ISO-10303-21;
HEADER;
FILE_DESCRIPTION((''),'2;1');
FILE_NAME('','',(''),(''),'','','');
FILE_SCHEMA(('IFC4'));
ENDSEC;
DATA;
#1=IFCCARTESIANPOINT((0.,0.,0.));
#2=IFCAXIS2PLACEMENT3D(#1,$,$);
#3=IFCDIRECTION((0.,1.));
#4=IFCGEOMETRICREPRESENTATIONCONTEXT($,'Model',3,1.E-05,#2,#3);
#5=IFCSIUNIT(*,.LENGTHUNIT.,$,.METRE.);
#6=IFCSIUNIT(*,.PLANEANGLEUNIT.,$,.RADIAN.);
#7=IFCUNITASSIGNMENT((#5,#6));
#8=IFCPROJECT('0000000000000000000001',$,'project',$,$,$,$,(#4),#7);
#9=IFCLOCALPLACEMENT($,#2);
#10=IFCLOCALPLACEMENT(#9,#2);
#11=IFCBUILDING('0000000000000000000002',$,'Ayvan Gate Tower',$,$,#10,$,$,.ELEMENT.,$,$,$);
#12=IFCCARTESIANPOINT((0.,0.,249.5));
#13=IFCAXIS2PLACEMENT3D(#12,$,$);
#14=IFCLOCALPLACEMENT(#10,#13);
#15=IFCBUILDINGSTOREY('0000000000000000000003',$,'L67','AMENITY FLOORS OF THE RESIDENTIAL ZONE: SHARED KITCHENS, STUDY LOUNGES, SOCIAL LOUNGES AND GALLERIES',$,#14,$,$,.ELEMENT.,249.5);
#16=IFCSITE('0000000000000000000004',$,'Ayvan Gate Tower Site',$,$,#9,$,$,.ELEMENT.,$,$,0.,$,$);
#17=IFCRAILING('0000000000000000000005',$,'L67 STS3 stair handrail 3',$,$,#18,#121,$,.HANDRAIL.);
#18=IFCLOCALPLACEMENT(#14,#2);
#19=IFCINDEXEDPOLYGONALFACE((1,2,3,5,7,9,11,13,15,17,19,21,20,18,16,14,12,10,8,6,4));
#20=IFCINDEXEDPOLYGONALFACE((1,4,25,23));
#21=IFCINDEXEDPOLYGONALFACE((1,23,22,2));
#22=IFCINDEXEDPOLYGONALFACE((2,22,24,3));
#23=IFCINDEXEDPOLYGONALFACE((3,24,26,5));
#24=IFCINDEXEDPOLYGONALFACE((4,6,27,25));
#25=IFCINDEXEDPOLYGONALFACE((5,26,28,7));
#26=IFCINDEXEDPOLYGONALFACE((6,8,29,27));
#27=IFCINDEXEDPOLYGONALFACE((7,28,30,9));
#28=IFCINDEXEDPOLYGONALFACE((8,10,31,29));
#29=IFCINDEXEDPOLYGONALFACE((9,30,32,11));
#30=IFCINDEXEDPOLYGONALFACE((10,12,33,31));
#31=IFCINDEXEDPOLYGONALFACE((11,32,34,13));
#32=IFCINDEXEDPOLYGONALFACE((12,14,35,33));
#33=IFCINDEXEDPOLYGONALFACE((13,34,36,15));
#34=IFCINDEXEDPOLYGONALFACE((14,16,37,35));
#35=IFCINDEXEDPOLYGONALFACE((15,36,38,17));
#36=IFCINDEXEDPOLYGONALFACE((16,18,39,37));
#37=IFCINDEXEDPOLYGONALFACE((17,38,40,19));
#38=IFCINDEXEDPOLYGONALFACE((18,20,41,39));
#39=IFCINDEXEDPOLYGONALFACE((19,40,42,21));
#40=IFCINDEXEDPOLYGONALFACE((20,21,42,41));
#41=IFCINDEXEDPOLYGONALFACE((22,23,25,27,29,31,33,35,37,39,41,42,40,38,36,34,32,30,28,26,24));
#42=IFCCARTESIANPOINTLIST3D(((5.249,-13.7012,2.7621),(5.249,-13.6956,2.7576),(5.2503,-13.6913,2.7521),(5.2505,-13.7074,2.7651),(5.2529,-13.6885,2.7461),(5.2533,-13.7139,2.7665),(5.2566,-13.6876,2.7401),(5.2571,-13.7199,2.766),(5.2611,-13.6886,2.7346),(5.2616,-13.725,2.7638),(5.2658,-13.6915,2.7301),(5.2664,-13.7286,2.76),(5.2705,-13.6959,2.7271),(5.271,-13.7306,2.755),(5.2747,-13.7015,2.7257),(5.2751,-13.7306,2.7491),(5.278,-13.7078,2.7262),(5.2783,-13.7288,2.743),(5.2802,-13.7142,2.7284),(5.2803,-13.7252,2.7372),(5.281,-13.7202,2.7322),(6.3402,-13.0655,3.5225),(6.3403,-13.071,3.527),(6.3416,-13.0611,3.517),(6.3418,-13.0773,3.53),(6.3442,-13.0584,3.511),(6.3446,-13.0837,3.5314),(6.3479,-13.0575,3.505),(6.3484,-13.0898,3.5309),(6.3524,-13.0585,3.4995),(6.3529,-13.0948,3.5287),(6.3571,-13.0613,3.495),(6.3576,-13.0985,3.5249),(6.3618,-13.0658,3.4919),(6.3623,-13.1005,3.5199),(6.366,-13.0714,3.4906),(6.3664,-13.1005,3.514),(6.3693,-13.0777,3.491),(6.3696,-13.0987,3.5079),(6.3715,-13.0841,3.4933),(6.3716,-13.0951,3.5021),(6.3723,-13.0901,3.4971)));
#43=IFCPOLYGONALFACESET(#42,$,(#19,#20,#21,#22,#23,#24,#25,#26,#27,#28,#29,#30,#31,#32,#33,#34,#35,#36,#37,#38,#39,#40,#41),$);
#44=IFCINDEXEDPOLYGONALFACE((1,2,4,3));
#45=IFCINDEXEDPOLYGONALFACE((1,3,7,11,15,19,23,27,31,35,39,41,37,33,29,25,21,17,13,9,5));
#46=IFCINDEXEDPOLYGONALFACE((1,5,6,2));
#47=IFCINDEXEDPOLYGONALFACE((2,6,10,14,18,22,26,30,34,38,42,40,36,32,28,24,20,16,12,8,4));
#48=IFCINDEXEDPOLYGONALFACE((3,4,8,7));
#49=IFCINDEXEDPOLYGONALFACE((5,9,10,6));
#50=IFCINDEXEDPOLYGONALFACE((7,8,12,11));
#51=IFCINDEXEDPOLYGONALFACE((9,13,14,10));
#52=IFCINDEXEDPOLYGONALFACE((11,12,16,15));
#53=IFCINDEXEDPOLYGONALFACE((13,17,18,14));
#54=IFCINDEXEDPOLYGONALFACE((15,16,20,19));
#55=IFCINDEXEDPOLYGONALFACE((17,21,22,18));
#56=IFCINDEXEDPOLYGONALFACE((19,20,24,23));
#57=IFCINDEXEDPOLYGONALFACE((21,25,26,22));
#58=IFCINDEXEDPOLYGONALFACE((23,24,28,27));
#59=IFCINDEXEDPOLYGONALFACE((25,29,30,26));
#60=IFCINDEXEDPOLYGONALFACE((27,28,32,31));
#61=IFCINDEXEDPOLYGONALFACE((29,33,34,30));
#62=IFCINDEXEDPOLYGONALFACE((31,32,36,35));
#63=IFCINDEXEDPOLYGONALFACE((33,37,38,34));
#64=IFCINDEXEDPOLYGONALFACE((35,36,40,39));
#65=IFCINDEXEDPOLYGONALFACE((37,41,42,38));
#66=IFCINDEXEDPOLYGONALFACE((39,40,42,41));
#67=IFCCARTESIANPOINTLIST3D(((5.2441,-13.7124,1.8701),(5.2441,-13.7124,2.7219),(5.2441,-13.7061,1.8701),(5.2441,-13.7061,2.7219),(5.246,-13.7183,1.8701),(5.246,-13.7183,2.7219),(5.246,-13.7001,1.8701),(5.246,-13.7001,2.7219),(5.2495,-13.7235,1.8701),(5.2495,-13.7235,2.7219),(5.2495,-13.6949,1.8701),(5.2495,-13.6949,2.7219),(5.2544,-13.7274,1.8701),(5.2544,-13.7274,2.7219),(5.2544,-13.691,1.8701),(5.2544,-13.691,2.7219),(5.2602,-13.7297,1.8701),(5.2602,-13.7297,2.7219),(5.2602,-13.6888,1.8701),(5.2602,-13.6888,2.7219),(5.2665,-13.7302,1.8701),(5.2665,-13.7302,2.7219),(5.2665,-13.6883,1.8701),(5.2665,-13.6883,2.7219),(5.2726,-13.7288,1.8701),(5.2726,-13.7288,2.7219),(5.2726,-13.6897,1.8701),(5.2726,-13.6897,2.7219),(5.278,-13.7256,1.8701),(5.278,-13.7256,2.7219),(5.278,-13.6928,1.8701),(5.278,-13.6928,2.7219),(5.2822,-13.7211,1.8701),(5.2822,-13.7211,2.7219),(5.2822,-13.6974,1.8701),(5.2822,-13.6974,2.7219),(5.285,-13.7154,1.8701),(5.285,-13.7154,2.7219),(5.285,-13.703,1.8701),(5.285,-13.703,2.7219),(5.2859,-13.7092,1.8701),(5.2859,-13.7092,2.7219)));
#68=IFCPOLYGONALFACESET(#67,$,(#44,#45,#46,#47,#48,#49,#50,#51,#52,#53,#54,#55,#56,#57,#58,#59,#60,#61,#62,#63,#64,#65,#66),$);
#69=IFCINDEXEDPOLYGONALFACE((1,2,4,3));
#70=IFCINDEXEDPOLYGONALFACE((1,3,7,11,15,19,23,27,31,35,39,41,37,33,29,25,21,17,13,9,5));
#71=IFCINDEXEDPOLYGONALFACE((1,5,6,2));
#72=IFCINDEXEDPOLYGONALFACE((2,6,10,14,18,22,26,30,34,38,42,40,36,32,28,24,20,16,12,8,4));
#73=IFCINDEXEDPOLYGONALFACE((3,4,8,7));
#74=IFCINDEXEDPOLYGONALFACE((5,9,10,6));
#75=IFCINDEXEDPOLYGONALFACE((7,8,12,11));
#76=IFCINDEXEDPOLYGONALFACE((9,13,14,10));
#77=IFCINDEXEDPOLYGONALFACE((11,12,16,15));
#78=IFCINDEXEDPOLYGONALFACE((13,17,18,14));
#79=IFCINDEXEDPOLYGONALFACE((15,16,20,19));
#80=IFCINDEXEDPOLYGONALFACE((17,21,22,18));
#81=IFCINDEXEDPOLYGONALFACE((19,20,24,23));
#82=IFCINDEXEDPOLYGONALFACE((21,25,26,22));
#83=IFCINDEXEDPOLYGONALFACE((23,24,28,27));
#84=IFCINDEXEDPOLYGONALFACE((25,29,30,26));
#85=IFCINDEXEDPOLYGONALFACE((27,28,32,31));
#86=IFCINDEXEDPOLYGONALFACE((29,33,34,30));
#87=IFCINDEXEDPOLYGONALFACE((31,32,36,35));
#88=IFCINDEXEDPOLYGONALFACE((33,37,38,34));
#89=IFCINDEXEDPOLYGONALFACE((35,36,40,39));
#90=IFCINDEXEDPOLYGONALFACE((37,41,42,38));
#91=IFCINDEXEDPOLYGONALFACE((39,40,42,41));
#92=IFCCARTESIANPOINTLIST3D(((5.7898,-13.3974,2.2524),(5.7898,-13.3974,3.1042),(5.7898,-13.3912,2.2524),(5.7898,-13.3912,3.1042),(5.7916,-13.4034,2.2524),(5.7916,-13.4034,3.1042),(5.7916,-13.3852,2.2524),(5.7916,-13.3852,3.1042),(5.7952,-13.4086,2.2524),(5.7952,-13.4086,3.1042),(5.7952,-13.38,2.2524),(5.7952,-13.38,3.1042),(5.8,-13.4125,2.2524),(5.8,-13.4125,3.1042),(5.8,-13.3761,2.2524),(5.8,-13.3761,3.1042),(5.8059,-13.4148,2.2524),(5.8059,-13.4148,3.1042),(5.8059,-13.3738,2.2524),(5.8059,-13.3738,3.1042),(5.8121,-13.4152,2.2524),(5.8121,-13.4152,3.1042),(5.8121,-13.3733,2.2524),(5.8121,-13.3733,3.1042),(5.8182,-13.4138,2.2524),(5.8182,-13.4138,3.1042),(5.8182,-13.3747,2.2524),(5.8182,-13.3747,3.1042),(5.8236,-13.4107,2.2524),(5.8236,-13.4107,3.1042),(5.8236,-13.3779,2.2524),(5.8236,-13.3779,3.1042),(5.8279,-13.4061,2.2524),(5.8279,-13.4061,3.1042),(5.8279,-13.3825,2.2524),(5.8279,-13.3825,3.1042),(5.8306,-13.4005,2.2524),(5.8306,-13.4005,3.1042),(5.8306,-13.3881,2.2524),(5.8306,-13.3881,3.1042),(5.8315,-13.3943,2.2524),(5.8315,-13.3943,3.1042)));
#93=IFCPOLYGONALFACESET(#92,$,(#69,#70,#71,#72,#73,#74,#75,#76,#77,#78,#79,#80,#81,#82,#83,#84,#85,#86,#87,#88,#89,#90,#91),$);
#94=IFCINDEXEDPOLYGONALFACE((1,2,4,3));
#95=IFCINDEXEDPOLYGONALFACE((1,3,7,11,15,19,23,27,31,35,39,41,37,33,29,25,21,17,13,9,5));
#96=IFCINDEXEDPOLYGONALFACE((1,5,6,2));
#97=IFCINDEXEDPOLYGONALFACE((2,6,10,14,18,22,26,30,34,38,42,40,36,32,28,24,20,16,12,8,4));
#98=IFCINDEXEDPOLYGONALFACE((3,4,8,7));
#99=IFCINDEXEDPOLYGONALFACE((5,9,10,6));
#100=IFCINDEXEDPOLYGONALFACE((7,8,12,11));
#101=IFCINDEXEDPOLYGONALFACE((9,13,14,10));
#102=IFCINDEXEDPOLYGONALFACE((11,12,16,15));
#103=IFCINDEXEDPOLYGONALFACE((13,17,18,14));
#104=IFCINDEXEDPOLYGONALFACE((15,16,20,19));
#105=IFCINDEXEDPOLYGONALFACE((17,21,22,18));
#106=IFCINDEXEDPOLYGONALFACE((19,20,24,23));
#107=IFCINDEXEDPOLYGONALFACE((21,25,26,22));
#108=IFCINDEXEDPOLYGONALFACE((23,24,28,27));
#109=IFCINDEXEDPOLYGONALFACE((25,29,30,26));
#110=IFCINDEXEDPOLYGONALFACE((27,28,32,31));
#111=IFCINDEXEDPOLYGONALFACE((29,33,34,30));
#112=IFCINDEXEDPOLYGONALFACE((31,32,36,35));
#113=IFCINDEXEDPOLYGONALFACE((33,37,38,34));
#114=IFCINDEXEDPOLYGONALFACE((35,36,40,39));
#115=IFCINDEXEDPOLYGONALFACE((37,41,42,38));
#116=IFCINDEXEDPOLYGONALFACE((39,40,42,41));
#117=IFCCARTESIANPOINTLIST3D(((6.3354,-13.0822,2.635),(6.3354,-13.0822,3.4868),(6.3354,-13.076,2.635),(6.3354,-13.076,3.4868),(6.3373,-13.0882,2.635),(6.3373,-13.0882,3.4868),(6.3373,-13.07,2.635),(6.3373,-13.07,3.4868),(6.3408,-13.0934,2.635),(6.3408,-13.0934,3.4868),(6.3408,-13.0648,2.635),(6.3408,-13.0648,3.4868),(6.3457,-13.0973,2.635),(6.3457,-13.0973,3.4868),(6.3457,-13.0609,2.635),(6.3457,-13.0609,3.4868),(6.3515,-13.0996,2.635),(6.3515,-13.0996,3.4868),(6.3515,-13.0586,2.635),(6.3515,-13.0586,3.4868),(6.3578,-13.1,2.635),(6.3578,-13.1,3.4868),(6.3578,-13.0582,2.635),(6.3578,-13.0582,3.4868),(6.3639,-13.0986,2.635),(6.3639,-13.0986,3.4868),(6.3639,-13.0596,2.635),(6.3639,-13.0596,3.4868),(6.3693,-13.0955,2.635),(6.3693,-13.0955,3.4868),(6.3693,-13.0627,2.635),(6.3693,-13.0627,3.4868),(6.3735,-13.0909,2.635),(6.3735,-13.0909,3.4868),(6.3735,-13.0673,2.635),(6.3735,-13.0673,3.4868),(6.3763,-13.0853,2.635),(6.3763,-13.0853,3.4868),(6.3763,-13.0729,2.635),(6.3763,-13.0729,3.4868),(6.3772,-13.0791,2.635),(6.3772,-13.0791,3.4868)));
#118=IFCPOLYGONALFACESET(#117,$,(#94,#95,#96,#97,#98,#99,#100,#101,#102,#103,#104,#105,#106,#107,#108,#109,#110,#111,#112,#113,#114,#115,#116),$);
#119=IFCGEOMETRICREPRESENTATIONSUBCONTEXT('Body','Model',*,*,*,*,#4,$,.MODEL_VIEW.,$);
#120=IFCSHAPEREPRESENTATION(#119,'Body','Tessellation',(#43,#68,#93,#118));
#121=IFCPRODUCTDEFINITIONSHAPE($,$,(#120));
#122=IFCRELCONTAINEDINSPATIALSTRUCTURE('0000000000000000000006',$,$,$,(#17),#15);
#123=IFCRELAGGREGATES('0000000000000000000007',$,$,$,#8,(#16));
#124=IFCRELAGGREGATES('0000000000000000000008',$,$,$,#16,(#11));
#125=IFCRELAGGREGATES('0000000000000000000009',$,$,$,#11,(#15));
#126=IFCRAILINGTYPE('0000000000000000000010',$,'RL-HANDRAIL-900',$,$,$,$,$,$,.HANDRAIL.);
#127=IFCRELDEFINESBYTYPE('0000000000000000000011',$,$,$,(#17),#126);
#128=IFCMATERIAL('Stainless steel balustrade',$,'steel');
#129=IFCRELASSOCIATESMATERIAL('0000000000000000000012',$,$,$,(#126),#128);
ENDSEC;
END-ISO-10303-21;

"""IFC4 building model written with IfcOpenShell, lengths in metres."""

from ifc_helpers import new_model, si_unit, direction, frame, origin, origin_2d, place, context, subcontext, project, spatial, circle, extrude, material, type_object, element, save


model = new_model("IFC4")

# Units and contexts
model_context = context("Model", 3, precision=1e-05, world=origin(), true_north=direction((0.0, 1.0)))
body_context = subcontext(model_context, "Body", "Model", "MODEL_VIEW")
ifc_project = project(units=[si_unit("LENGTHUNIT", "METRE"), si_unit("PLANEANGLEUNIT", "RADIAN")], contexts=[model_context])

# Site, building, storey
site_placement = place(None, origin())
site = spatial("IfcSite", under=ifc_project, at=site_placement, Name="Ayvan Gate Tower Site", CompositionType="ELEMENT", RefElevation=0.0)
building_placement = place(site_placement, origin())
building = spatial("IfcBuilding", under=site, at=building_placement, Name="Ayvan Gate Tower", CompositionType="ELEMENT")
storey_placement = place(building_placement, frame((0.0, 0.0, 249.5)))
storey = spatial("IfcBuildingStorey", under=building, at=storey_placement, Name="L67", Description="AMENITY FLOORS OF THE RESIDENTIAL ZONE: SHARED KITCHENS, STUDY LOUNGES, SOCIAL LOUNGES AND GALLERIES", CompositionType="ELEMENT", Elevation=249.5)

# Railing
ifc_material_1 = material(Name="Stainless steel balustrade", Category="steel")
railing_type_1 = type_object("IfcRailingType", Name="RL-HANDRAIL-900", PredefinedType="HANDRAIL", material=ifc_material_1)
railing_1_placement = place(storey_placement, frame((5.2649, -13.7092, 1.8701)))
element("IfcRailing", 1, at=railing_1_placement, inside=storey, type_object=railing_type_1, Name="L67 STS3 stair handrail 3", PredefinedType="HANDRAIL", context=body_context, shape_type="SweptSolid", body=[
    extrude(circle(Radius=0.0239, at=origin_2d()), frame((0.0, 0.0, 0.876), z_axis=(0.740304, 0.427455, 0.518875), x_axis=(-0.500035, 0.866005, 0.0)), (0.0, 0.0, 1.0), 1.4741),
    extrude(circle(Radius=0.021, at=origin_2d()), origin(), (0.0, 0.0, 1.0), 0.8518),
    extrude(circle(Radius=0.021, at=origin_2d()), frame((0.5457, 0.3149, 0.3823)), (0.0, 0.0, 1.0), 0.8518),
    extrude(circle(Radius=0.021, at=origin_2d()), frame((1.0913, 0.6301, 0.7649)), (0.0, 0.0, 1.0), 0.8518),
])

save(model, "model.ifc")
